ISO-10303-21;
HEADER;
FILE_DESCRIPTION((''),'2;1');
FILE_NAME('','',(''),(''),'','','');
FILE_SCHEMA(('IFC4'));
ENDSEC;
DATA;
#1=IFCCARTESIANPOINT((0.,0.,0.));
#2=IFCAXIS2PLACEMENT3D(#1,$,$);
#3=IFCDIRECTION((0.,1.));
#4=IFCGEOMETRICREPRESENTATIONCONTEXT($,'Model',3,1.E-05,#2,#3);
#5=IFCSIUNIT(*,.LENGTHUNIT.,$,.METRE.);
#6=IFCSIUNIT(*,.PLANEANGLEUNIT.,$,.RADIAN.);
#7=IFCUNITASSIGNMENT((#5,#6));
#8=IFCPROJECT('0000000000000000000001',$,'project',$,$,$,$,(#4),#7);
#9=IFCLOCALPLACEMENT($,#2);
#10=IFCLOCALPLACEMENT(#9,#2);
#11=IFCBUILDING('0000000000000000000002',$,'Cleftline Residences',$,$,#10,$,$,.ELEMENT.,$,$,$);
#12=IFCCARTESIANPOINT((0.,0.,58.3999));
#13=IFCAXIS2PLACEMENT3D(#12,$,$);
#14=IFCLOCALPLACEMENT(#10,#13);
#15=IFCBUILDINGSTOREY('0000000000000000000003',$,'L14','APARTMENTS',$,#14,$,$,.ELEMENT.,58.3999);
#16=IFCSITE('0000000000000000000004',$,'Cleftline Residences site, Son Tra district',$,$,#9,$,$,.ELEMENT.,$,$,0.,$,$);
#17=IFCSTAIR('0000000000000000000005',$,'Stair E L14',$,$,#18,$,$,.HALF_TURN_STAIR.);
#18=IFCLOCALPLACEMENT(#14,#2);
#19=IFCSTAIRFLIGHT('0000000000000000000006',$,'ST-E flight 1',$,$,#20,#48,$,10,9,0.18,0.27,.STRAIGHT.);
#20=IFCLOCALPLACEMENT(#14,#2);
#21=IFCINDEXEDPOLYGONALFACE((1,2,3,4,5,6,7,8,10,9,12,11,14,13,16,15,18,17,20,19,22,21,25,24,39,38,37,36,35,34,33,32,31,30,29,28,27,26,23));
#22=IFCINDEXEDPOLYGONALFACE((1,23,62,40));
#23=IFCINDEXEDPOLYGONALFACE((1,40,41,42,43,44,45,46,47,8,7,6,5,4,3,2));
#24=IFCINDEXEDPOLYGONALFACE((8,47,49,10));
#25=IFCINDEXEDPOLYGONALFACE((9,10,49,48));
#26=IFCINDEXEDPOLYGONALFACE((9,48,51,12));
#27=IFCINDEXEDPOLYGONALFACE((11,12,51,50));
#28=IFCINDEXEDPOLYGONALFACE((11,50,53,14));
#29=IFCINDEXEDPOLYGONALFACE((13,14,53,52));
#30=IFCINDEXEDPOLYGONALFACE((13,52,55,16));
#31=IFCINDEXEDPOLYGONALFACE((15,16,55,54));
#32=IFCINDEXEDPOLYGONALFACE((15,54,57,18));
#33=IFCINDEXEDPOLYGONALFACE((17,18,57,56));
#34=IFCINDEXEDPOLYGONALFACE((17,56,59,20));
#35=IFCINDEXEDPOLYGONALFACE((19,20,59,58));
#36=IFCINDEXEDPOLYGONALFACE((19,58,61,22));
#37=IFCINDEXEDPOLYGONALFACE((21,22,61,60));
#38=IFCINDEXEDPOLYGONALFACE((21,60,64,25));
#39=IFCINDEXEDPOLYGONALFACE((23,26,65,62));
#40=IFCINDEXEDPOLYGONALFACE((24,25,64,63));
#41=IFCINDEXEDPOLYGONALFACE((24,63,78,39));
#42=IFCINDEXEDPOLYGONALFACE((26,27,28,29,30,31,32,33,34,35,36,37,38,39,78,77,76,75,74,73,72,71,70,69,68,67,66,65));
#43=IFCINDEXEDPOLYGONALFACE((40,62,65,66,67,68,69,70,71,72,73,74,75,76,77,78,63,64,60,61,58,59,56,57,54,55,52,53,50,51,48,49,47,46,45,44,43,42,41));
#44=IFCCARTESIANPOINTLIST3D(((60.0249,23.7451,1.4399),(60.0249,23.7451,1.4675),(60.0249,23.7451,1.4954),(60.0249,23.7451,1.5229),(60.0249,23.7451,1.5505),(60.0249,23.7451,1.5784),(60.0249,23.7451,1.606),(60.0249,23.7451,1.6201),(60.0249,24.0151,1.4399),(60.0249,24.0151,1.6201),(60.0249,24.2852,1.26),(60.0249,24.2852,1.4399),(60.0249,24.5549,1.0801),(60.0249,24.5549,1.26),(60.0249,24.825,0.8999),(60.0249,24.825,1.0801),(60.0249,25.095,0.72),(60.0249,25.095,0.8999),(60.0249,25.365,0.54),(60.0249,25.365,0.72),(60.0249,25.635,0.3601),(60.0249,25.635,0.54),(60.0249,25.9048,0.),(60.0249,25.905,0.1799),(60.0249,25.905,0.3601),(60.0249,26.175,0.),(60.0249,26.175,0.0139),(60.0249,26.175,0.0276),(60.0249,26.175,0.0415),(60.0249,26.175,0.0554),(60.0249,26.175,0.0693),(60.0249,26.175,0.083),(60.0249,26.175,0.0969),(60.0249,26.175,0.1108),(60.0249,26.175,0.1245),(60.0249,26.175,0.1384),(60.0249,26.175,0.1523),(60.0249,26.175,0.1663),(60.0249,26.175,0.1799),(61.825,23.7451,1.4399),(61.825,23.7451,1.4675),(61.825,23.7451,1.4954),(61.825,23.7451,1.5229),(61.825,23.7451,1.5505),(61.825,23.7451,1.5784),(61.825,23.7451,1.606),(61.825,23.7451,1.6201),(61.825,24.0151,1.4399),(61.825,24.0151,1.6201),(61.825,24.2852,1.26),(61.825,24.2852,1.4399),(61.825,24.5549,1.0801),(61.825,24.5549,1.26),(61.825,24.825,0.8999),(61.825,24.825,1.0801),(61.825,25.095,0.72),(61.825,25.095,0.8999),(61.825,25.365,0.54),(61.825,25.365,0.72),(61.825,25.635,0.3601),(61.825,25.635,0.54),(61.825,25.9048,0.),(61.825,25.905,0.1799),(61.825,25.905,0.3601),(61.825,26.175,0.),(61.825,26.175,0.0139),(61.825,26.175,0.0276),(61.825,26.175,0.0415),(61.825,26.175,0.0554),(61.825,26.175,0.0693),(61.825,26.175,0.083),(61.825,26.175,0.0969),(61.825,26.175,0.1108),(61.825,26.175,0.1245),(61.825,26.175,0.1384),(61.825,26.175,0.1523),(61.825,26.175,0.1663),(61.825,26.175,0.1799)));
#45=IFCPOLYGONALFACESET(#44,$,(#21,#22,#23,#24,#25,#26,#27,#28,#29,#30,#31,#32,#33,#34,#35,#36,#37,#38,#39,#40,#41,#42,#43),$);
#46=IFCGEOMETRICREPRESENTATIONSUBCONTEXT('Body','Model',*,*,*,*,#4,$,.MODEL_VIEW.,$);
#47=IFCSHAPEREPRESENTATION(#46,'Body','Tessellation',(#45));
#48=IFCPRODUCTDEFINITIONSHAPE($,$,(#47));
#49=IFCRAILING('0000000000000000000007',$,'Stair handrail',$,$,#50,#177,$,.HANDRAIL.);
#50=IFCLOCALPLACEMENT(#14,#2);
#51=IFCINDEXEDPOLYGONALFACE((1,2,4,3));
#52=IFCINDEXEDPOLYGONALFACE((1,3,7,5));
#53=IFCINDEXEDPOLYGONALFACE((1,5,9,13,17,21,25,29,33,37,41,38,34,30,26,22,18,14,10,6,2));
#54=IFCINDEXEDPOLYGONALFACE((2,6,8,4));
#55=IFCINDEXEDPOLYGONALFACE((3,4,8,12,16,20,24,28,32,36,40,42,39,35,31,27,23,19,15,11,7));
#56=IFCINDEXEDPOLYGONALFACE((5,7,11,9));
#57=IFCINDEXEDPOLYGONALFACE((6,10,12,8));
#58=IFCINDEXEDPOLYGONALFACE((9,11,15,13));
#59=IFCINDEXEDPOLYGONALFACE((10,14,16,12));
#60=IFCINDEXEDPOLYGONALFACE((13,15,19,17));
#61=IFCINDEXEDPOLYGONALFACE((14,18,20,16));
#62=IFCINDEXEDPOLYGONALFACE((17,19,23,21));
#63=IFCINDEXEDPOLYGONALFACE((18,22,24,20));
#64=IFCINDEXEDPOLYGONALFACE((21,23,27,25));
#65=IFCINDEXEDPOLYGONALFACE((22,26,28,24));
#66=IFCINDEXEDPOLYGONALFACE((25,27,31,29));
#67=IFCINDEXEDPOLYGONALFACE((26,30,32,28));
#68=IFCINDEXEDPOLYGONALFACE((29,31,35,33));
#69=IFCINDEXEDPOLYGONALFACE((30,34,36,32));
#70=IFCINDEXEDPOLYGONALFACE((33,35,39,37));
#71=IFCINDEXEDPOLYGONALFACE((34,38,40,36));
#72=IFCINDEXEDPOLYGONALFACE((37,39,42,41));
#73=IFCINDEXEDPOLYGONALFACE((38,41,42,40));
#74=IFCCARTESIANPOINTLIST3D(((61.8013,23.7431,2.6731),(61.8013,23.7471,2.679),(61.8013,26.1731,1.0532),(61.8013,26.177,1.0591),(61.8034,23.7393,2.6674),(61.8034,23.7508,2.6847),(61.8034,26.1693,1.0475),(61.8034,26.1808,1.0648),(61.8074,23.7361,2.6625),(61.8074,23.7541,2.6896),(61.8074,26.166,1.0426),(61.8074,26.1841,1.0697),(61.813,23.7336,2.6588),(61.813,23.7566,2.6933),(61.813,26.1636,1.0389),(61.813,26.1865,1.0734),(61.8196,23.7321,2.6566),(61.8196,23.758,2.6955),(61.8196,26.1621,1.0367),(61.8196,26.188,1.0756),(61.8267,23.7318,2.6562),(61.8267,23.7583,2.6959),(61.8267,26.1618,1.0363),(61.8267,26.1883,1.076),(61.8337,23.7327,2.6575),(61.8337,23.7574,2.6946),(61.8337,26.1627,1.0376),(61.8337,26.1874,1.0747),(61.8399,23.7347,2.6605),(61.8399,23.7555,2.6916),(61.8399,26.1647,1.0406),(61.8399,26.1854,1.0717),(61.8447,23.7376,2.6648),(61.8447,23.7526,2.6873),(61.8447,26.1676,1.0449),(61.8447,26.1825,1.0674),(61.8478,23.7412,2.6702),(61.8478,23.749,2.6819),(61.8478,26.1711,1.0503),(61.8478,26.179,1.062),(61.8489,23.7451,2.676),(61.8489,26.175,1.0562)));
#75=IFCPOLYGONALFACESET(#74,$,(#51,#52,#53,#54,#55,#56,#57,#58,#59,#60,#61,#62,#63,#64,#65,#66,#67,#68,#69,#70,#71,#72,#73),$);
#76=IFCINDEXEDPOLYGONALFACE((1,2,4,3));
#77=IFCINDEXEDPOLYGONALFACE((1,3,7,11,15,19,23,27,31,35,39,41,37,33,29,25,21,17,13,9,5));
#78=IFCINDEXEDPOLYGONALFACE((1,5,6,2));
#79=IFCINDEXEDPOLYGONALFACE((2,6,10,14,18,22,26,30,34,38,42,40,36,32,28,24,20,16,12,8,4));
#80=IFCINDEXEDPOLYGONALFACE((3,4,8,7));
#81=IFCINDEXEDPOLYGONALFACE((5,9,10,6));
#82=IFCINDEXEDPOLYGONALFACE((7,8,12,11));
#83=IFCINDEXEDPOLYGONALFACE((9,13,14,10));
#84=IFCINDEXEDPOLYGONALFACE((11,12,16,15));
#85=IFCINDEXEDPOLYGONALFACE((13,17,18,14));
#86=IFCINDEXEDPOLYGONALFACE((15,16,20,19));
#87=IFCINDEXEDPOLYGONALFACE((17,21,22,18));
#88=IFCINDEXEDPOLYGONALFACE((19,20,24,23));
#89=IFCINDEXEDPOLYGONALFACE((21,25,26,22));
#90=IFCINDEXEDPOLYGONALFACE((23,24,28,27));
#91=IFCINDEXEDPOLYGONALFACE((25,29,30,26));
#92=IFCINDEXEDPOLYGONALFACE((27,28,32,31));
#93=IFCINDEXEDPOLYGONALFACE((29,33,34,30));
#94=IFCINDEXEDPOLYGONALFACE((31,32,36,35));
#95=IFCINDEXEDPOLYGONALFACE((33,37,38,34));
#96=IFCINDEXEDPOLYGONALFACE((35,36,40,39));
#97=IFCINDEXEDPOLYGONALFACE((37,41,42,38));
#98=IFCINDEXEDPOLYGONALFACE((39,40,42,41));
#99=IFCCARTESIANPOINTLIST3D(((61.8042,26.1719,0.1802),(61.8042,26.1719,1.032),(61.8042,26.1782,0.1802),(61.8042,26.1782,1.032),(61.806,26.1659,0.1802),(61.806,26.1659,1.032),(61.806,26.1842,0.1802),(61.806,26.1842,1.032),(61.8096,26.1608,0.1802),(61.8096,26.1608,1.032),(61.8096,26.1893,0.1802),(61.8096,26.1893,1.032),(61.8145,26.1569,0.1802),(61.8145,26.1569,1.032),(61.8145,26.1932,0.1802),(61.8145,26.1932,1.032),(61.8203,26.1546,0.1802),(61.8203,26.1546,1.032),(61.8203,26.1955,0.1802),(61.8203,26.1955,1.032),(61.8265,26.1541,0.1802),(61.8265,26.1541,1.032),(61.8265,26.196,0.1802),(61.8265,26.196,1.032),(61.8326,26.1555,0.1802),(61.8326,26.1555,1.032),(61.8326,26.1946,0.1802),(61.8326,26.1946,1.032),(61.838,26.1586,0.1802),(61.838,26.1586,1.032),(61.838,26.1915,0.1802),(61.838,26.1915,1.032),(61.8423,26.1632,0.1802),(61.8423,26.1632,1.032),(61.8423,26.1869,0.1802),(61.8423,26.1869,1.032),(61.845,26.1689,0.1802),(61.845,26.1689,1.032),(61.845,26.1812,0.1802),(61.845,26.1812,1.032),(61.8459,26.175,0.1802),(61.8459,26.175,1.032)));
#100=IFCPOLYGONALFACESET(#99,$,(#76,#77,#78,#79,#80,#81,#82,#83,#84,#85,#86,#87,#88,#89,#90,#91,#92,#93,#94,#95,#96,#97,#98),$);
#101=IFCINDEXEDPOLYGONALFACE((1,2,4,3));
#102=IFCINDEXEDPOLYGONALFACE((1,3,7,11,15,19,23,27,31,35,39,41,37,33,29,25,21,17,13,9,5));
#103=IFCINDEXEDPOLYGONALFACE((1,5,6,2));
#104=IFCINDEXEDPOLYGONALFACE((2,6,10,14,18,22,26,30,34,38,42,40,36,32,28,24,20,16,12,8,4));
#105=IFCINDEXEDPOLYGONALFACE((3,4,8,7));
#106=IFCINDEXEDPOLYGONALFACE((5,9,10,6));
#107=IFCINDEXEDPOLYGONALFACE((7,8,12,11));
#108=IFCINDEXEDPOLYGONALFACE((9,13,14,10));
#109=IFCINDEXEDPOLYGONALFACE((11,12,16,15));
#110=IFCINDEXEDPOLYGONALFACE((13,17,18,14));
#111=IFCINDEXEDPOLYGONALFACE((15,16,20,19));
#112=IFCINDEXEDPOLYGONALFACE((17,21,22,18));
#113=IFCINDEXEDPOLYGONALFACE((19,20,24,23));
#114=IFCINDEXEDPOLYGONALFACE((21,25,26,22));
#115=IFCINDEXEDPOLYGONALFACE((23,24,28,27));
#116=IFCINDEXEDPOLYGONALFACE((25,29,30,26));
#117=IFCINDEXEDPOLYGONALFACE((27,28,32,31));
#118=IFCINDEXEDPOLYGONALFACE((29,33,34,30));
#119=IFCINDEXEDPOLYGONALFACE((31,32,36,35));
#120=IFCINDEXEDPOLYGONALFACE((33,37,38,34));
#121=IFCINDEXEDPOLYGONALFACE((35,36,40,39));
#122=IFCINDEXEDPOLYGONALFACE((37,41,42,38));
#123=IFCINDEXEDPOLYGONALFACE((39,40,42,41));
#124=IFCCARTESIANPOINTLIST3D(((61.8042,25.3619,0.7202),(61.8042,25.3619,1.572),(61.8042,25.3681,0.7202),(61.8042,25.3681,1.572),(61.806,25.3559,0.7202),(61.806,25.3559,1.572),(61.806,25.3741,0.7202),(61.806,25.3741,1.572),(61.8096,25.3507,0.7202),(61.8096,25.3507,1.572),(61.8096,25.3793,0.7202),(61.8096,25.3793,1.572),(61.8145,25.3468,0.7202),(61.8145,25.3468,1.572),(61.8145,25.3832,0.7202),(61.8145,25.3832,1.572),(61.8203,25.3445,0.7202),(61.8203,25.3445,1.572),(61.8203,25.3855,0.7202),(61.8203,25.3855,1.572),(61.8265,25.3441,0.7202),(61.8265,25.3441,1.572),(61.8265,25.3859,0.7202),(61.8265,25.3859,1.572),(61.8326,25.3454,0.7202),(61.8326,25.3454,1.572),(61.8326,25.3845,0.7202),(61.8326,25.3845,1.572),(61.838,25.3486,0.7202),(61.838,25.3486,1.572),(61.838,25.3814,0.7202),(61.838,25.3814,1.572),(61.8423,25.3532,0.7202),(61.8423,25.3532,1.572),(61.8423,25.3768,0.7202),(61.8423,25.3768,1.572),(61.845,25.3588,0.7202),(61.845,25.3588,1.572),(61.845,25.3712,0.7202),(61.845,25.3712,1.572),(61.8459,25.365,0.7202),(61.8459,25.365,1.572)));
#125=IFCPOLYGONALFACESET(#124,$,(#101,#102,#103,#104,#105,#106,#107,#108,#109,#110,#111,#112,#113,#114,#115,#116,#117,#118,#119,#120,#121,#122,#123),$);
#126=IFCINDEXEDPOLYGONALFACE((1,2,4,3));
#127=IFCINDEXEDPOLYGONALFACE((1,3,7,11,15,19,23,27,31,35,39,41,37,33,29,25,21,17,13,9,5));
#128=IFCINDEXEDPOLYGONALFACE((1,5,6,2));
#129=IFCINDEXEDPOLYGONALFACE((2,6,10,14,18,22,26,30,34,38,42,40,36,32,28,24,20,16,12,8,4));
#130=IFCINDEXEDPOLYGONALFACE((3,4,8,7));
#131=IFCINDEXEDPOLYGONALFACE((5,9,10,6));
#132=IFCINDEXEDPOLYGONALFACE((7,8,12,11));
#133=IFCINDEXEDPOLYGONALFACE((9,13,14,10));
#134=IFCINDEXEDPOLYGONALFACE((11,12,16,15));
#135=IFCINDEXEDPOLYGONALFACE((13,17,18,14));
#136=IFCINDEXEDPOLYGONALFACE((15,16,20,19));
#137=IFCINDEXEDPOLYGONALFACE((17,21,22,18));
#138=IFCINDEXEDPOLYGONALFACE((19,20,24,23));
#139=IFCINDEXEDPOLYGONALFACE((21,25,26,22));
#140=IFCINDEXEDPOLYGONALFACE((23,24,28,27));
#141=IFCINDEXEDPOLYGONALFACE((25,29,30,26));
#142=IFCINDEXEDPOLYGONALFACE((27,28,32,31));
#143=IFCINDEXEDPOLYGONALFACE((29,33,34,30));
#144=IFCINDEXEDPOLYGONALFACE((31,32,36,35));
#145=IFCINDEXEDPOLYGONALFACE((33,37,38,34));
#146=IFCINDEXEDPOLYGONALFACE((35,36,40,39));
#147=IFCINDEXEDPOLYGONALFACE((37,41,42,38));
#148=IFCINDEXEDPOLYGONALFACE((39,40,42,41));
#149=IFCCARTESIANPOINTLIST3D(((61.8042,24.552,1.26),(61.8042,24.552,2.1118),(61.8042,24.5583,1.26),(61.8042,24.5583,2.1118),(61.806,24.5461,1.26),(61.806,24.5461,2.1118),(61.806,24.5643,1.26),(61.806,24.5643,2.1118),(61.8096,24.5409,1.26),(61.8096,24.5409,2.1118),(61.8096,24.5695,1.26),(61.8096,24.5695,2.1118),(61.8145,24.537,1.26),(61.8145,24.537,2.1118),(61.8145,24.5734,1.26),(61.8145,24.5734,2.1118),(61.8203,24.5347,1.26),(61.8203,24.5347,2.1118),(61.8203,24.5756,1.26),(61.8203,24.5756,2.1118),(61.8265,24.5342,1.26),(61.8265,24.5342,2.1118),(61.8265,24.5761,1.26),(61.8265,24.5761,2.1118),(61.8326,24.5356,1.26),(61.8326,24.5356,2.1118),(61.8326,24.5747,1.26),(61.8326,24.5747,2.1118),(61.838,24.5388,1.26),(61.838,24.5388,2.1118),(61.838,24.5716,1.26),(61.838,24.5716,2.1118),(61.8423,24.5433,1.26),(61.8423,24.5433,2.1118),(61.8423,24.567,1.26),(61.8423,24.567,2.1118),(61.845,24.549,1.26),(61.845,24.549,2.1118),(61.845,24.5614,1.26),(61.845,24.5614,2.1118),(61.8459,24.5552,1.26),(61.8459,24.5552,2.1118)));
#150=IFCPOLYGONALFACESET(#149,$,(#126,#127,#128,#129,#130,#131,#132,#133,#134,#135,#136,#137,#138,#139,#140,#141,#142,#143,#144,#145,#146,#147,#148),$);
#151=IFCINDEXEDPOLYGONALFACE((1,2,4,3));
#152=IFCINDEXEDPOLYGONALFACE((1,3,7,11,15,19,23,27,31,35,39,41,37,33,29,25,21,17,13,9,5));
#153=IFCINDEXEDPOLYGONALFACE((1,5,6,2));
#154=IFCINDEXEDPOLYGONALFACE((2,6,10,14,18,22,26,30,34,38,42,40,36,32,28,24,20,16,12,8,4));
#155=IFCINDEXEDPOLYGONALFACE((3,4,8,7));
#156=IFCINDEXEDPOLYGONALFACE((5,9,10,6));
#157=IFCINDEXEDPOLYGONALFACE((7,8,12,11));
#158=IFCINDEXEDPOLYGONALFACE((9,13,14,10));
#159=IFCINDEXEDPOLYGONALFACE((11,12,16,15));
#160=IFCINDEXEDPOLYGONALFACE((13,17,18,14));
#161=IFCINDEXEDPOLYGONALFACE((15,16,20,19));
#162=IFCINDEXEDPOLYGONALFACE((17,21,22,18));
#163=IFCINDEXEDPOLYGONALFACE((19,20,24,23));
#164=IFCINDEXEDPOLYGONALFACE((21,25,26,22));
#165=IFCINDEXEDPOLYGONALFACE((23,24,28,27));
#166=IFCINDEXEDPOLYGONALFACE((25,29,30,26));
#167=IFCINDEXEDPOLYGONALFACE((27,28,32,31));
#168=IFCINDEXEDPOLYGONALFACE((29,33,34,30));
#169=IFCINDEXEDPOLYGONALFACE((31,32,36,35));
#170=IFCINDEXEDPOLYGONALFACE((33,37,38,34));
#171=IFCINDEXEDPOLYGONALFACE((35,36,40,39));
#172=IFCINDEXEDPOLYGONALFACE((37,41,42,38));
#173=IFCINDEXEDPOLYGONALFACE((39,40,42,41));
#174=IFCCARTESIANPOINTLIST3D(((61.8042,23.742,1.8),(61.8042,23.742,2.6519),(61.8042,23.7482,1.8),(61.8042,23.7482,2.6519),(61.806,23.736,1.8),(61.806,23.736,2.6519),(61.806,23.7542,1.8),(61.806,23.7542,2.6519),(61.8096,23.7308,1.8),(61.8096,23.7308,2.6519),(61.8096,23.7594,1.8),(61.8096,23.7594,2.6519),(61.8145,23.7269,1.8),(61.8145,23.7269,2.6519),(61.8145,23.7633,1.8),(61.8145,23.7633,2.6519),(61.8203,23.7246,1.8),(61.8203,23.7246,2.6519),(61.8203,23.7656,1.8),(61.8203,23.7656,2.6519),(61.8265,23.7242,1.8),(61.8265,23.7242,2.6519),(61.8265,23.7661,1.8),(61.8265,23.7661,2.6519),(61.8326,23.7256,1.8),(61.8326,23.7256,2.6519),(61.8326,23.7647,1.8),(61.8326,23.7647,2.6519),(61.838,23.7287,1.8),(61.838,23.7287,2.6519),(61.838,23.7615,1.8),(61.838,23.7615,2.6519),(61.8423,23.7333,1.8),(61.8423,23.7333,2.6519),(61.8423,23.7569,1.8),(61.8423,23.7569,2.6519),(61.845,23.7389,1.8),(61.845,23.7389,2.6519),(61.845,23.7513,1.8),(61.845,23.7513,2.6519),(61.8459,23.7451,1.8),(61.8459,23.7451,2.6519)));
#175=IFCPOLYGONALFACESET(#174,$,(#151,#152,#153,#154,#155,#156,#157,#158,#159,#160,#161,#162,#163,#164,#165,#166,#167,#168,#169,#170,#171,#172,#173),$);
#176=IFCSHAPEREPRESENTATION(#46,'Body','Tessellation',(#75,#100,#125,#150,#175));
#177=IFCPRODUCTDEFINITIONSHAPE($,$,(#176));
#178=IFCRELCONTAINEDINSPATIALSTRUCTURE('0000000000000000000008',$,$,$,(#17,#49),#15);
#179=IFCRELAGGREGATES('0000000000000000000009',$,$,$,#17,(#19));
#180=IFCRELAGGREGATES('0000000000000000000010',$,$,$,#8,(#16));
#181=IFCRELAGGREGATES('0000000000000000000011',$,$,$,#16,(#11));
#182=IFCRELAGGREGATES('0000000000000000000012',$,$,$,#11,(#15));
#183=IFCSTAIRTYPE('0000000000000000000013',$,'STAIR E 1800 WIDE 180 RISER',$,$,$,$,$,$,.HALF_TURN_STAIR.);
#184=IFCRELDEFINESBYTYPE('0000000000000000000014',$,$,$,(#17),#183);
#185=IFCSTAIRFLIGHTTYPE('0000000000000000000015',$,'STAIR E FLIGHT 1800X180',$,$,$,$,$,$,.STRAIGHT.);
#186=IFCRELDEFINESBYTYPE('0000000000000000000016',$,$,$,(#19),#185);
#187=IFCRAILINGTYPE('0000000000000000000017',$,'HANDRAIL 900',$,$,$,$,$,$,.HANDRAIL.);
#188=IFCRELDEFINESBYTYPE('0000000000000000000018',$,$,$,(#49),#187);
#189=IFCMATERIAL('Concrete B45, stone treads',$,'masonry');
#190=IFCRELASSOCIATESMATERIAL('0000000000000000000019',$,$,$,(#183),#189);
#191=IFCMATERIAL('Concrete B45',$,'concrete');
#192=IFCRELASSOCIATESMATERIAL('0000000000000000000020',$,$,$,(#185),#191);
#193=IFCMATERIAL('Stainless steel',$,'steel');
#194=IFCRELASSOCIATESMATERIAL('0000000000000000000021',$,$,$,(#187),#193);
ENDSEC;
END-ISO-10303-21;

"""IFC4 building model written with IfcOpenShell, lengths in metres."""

from ifc_helpers import new_model, si_unit, direction, frame, origin, origin_2d, place, context, subcontext, project, spatial, polyline, circle, outline, extrude, material, type_object, element, aggregate, save


model = new_model("IFC4")

# Units and contexts
model_context = context("Model", 3, precision=1e-05, world=origin(), true_north=direction((0.0, 1.0)))
body_context = subcontext(model_context, "Body", "Model", "MODEL_VIEW")
ifc_project = project(units=[si_unit("LENGTHUNIT", "METRE"), si_unit("PLANEANGLEUNIT", "RADIAN")], contexts=[model_context])

# Site, building, storey
site_placement = place(None, origin())
site = spatial("IfcSite", under=ifc_project, at=site_placement, Name="Cleftline Residences site, Son Tra district", CompositionType="ELEMENT", RefElevation=0.0)
building_placement = place(site_placement, origin())
building = spatial("IfcBuilding", under=site, at=building_placement, Name="Cleftline Residences", CompositionType="ELEMENT")
storey_placement = place(building_placement, frame((0.0, 0.0, 58.3999)))
storey = spatial("IfcBuildingStorey", under=building, at=storey_placement, Name="L14", Description="APARTMENTS", CompositionType="ELEMENT", Elevation=58.3999)

# Stair, stair flight
ifc_material_1 = material(Name="Concrete B45, stone treads", Category="masonry")
stair_type = type_object("IfcStairType", Name="STAIR E 1800 WIDE 180 RISER", PredefinedType="HALF_TURN_STAIR", material=ifc_material_1)
stair_placement = place(storey_placement, origin())
stair = element("IfcStair", 1, at=stair_placement, inside=storey, type_object=stair_type, Name="Stair E L14", PredefinedType="HALF_TURN_STAIR")
ifc_material_2 = material(Name="Concrete B45", Category="concrete")
stair_flight_type = type_object("IfcStairFlightType", Name="STAIR E FLIGHT 1800X180", PredefinedType="STRAIGHT", material=ifc_material_2)
stair_flight_placement = place(storey_placement, frame((60.925, 26.175, 0.0), z_axis=(0.0, 0.0, 1.0), x_axis=(0.0, -1.0, 0.0)))
stair_flight = element("IfcStairFlight", 2, at=stair_flight_placement, type_object=stair_flight_type, Name="ST-E flight 1", NumberOfRisers=10, NumberOfTreads=9, PredefinedType="STRAIGHT", RiserHeight=0.18, TreadLength=0.27, context=body_context, shape_type="SweptSolid", body=[
    extrude(outline(polyline([(0.0, 0.0), (0.0, 0.0139), (0.0, 0.0276), (0.0, 0.0415), (0.0, 0.0554), (0.0, 0.0693), (0.0, 0.083), (0.0, 0.0969), (0.0, 0.1108), (0.0, 0.1245), (0.0, 0.1384), (0.0, 0.1523), (0.0, 0.1663), (0.0, 0.1799), (0.27, 0.1799), (0.27, 0.3601), (0.54, 0.3601), (0.54, 0.54), (0.8101, 0.54), (0.8101, 0.72), (1.0801, 0.72), (1.0801, 0.8999), (1.3501, 0.8999), (1.3501, 1.0801), (1.6201, 1.0801), (1.6201, 1.26), (1.8899, 1.26), (1.8899, 1.4399), (2.1599, 1.4399), (2.1599, 1.6201), (2.4299, 1.6201), (2.4299, 1.8), (2.4299, 1.7722), (2.4299, 1.7446), (2.4299, 1.7168), (2.4299, 1.6892), (2.4299, 1.6614), (2.4299, 1.6338), (2.4299, 1.606), (2.4299, 1.5784), (2.4299, 1.5505), (2.4299, 1.5229), (2.4299, 1.4954), (2.4299, 1.4675), (2.4299, 1.4399), (0.2703, 0.0), (0.0, 0.0)])), frame((0.0, 0.8999, 0.0), z_axis=(0.0, -1.0, 0.0), x_axis=(1.0, 0.0, 0.0)), (0.0, 0.0, 1.0), 1.8),
])
aggregate(stair, [stair_flight])

# Railing
ifc_material_3 = material(Name="Stainless steel", Category="steel")
railing_type = type_object("IfcRailingType", Name="HANDRAIL 900", PredefinedType="HANDRAIL", material=ifc_material_3)
railing_placement = place(storey_placement, frame((61.825, 26.175, 0.1802)))
element("IfcRailing", 3, at=railing_placement, inside=storey, type_object=railing_type, Name="Stair handrail", PredefinedType="HANDRAIL", context=body_context, shape_type="SweptSolid", body=[
    extrude(circle(Radius=0.0239, at=origin_2d()), frame((0.0, 0.0, 0.876), z_axis=(0.0, -0.832063, 0.554681), x_axis=(1.0, 0.0, 0.0)), (0.0, 0.0, 1.0), 2.9204),
    extrude(circle(Radius=0.021, at=origin_2d()), origin(), (0.0, 0.0, 1.0), 0.8518),
    extrude(circle(Radius=0.021, at=origin_2d()), frame((0.0, -0.8101, 0.54)), (0.0, 0.0, 1.0), 0.8518),
    extrude(circle(Radius=0.021, at=origin_2d()), frame((0.0, -1.6199, 1.0798)), (0.0, 0.0, 1.0), 0.8518),
    extrude(circle(Radius=0.021, at=origin_2d()), frame((0.0, -2.4299, 1.6199)), (0.0, 0.0, 1.0), 0.8518),
])

save(model, "model.ifc")
